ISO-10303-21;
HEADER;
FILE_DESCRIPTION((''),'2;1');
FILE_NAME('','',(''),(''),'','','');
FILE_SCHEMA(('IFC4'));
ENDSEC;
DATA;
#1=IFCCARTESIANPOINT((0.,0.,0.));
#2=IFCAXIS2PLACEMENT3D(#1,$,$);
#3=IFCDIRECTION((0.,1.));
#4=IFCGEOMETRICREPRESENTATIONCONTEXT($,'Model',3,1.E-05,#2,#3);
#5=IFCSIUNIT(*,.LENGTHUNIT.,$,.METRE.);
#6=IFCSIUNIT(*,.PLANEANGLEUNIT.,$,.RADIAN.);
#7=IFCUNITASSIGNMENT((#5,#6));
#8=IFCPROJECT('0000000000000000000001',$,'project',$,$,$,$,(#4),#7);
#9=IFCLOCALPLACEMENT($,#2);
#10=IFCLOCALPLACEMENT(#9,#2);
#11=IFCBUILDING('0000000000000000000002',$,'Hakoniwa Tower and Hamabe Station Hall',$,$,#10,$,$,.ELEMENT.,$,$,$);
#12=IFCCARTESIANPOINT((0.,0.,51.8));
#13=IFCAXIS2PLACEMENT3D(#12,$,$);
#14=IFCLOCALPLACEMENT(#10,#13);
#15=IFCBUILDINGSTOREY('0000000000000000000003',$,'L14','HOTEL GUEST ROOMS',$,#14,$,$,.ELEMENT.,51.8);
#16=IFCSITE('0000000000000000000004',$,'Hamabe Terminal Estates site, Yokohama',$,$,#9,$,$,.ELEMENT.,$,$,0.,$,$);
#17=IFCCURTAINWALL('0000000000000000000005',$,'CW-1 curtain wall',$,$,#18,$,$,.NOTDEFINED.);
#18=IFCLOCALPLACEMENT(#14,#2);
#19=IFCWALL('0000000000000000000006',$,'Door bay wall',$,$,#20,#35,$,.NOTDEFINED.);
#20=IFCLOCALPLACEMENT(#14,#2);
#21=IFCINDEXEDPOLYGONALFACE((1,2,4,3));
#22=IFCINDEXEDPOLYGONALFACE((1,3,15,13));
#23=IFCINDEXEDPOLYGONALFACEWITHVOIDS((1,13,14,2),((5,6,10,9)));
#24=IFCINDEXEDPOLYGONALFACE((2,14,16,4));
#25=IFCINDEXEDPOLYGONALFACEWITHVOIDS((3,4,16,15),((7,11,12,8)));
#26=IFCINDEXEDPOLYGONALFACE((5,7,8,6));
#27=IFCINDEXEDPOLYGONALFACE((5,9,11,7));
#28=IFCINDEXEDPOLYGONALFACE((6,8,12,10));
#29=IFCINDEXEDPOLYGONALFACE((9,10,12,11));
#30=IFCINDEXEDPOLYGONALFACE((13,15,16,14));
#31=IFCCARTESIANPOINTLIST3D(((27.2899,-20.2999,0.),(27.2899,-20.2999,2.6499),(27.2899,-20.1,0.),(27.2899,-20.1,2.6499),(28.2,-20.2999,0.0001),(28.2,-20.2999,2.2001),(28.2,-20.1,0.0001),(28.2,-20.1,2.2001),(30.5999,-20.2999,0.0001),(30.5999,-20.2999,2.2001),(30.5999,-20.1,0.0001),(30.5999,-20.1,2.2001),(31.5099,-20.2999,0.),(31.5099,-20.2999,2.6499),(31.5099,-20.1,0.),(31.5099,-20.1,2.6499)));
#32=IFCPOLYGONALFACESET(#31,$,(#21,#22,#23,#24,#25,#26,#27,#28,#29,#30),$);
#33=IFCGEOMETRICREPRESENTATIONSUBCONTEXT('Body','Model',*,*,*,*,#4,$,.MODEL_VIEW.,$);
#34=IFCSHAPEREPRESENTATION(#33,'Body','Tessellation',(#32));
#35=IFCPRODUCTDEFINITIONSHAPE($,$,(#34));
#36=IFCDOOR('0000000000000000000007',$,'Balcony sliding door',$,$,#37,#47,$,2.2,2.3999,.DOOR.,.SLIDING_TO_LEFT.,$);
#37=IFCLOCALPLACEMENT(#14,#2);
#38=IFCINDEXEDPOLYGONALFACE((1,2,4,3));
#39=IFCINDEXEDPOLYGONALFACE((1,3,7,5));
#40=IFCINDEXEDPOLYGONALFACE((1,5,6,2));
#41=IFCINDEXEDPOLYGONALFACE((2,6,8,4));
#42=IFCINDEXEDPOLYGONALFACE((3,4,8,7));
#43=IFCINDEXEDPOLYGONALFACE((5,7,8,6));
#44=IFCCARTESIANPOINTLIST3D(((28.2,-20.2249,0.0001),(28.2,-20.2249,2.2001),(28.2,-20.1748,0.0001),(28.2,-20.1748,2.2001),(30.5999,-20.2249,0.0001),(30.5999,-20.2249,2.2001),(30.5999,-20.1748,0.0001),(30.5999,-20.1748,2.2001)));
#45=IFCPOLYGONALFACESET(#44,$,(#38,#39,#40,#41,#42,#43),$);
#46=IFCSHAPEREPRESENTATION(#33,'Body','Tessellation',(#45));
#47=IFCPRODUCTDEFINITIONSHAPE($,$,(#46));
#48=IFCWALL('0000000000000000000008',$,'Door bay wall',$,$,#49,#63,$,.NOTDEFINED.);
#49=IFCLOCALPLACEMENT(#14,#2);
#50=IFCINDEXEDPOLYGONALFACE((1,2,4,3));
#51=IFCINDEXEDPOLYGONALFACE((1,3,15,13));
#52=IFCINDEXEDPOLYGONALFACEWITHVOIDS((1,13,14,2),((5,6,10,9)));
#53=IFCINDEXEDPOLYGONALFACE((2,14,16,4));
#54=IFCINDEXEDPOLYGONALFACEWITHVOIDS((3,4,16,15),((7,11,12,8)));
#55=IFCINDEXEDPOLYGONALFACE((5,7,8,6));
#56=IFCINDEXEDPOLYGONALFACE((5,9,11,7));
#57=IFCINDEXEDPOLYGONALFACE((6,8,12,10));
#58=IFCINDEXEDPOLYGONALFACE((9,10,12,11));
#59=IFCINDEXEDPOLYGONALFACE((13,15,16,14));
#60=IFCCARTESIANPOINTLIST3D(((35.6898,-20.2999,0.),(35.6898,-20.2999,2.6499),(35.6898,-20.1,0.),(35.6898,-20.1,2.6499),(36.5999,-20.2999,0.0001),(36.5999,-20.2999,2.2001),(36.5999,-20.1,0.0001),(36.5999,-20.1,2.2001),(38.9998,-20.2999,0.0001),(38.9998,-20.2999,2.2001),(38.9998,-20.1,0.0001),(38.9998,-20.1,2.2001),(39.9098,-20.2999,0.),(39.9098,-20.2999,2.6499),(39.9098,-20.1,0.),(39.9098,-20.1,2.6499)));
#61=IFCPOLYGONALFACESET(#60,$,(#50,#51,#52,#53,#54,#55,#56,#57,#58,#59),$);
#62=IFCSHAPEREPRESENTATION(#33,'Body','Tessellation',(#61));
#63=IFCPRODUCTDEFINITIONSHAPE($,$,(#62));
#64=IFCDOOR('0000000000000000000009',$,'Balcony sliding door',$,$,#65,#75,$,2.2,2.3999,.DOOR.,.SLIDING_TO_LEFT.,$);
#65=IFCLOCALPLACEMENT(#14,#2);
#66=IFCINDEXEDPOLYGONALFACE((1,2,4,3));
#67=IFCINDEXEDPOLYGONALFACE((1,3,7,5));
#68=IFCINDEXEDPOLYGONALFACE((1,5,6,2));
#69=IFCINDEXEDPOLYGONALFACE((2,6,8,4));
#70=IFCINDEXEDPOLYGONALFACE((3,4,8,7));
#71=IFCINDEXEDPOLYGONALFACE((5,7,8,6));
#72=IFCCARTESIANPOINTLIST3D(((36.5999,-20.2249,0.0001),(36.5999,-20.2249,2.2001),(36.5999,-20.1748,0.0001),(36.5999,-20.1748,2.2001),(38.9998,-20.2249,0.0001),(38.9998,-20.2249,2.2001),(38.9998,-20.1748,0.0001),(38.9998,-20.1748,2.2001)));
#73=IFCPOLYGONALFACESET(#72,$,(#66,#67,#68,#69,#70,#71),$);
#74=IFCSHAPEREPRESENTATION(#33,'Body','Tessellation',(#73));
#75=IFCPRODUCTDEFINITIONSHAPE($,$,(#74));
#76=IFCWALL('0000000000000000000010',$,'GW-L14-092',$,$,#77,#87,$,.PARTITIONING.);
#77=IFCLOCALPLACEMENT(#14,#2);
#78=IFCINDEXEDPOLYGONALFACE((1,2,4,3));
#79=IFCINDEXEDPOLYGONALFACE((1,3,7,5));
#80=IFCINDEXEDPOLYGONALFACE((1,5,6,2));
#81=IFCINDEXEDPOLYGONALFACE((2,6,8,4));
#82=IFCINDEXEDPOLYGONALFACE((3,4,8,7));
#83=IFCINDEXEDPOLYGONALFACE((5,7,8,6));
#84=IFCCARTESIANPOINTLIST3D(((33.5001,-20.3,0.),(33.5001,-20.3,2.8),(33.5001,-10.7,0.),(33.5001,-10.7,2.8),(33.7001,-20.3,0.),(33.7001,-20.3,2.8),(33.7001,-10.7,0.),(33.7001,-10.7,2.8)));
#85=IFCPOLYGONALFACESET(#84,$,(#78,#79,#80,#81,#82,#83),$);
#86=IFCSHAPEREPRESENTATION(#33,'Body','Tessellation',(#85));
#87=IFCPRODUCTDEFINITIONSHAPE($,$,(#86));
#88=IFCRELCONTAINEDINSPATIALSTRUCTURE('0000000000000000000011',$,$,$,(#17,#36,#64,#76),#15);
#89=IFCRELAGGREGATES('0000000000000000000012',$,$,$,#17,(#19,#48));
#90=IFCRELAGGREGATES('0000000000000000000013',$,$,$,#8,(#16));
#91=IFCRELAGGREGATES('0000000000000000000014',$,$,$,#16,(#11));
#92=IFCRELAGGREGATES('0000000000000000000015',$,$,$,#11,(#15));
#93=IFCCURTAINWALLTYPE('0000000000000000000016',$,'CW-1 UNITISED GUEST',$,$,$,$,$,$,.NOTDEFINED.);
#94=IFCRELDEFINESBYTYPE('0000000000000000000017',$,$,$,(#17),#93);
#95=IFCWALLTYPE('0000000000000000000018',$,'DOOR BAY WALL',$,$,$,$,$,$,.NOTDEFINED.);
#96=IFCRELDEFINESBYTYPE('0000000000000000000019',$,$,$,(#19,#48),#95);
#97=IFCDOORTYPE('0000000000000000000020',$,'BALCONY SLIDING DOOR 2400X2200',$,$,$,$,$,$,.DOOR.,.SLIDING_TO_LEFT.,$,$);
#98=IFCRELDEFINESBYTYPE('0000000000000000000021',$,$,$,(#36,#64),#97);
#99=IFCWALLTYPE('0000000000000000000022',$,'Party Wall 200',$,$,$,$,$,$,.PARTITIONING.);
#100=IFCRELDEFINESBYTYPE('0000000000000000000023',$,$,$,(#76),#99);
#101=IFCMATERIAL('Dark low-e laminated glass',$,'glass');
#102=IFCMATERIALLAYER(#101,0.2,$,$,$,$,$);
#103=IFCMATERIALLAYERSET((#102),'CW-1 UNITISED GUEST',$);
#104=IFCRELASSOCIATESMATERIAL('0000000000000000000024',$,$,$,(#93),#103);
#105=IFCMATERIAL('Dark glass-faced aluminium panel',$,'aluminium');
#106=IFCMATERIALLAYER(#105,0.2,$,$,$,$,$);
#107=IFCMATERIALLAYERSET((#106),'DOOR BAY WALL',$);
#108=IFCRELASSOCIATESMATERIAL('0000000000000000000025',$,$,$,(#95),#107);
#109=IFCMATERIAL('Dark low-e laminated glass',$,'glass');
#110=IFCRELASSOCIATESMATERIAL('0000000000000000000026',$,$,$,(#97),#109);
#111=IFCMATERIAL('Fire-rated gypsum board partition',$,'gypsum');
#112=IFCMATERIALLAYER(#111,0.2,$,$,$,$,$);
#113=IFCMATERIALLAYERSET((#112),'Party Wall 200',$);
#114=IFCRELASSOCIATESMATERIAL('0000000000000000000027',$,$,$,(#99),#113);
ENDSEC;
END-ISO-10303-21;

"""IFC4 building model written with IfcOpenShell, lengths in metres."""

from ifc_helpers import new_model, si_unit, direction, frame, frame_2d, origin, place, context, subcontext, project, spatial, rectangle, extrude, material, layer, layer_set, type_object, element, fill, aggregate, save


model = new_model("IFC4")

# Units and contexts
model_context = context("Model", 3, precision=1e-05, world=origin(), true_north=direction((0.0, 1.0)))
body_context = subcontext(model_context, "Body", "Model", "MODEL_VIEW")
ifc_project = project(units=[si_unit("LENGTHUNIT", "METRE"), si_unit("PLANEANGLEUNIT", "RADIAN")], contexts=[model_context])

# Site, building, storey
site_placement = place(None, origin())
site = spatial("IfcSite", under=ifc_project, at=site_placement, Name="Hamabe Terminal Estates site, Yokohama", CompositionType="ELEMENT", RefElevation=0.0)
building_placement = place(site_placement, origin())
building = spatial("IfcBuilding", under=site, at=building_placement, Name="Hakoniwa Tower and Hamabe Station Hall", CompositionType="ELEMENT")
storey_placement = place(building_placement, frame((0.0, 0.0, 51.8)))
storey = spatial("IfcBuildingStorey", under=building, at=storey_placement, Name="L14", Description="HOTEL GUEST ROOMS", CompositionType="ELEMENT", Elevation=51.8)

# Curtain wall
ifc_material_1 = material(Name="Dark low-e laminated glass", Category="glass")
ifc_layer_1 = layer(ifc_material_1, 0.2)
ifc_layer_set_1 = layer_set([ifc_layer_1], Name="CW-1 UNITISED GUEST")
curtain_wall_type = type_object("IfcCurtainWallType", Name="CW-1 UNITISED GUEST", PredefinedType="NOTDEFINED", material=ifc_layer_set_1)
curtain_wall_placement = place(storey_placement, origin())
curtain_wall = element("IfcCurtainWall", 1, at=curtain_wall_placement, inside=storey, type_object=curtain_wall_type, Name="CW-1 curtain wall", PredefinedType="NOTDEFINED")

# Walls, openings, doors
ifc_material_2 = material(Name="Dark glass-faced aluminium panel", Category="aluminium")
ifc_layer_2 = layer(ifc_material_2, 0.2)
ifc_layer_set_2 = layer_set([ifc_layer_2], Name="DOOR BAY WALL")
wall_type_1 = type_object("IfcWallType", Name="DOOR BAY WALL", PredefinedType="NOTDEFINED", material=ifc_layer_set_2)
wall_1_placement = place(storey_placement, frame((27.29, -20.2, 0.0), z_axis=(0.0, 0.0, 1.0), x_axis=(1.0, 0.0, 0.0)))
wall_1 = element("IfcWall", 2, at=wall_1_placement, type_object=wall_type_1, Name="Door bay wall", PredefinedType="NOTDEFINED", context=body_context, shape_type="SweptSolid", body=[
    extrude(rectangle(XDim=4.22, YDim=0.2, at=frame_2d((2.1099, 0.0))), origin(), (0.0, 0.0, 1.0), 2.6499),
])
opening_1_placement = place(wall_1_placement, frame((0.9099, 0.0, 0.0)))
opening_1 = element("IfcOpeningElement", 3, at=opening_1_placement, cuts=wall_1, PredefinedType="OPENING", context=body_context, shape_type="SweptSolid", body=[
    extrude(rectangle(XDim=2.3999, YDim=2.2, at=frame_2d((1.2, 1.1001))), frame((0.0, 0.1099, 0.0), z_axis=(0.0, -1.0, 0.0), x_axis=(1.0, 0.0, 0.0)), (0.0, 0.0, 1.0), 0.22),
])
ifc_material_3 = material(Name="Dark low-e laminated glass", Category="glass")
door_type_1 = type_object("IfcDoorType", Name="BALCONY SLIDING DOOR 2400X2200", OperationType="SLIDING_TO_LEFT", PredefinedType="DOOR", material=ifc_material_3)
door_1_placement = place(opening_1_placement, frame((2.3999, 0.0, 0.0), z_axis=(0.0, 0.0, 1.0), x_axis=(-1.0, 0.0, 0.0)))
door_1 = element("IfcDoor", 4, at=door_1_placement, inside=storey, type_object=door_type_1, Name="Balcony sliding door", OperationType="SLIDING_TO_LEFT", OverallHeight=2.2, OverallWidth=2.3999, PredefinedType="DOOR", context=body_context, shape_type="SweptSolid", body=[
    extrude(rectangle(XDim=2.3999, YDim=2.2, at=frame_2d((1.2, 1.1001))), frame((0.0, 0.0249, 0.0), z_axis=(0.0, -1.0, 0.0), x_axis=(1.0, 0.0, 0.0)), (0.0, 0.0, 1.0), 0.05),
])
fill(opening_1, door_1)
wall_2_placement = place(storey_placement, frame((35.6899, -20.2, 0.0), z_axis=(0.0, 0.0, 1.0), x_axis=(1.0, 0.0, 0.0)))
wall_2 = element("IfcWall", 5, at=wall_2_placement, type_object=wall_type_1, Name="Door bay wall", PredefinedType="NOTDEFINED", context=body_context, shape_type="SweptSolid", body=[
    extrude(rectangle(XDim=4.22, YDim=0.2, at=frame_2d((2.1099, 0.0))), origin(), (0.0, 0.0, 1.0), 2.6499),
])
opening_2_placement = place(wall_2_placement, frame((0.9099, 0.0, 0.0)))
opening_2 = element("IfcOpeningElement", 6, at=opening_2_placement, cuts=wall_2, PredefinedType="OPENING", context=body_context, shape_type="SweptSolid", body=[
    extrude(rectangle(XDim=2.3999, YDim=2.2, at=frame_2d((1.2, 1.1001))), frame((0.0, 0.1099, 0.0), z_axis=(0.0, -1.0, 0.0), x_axis=(1.0, 0.0, 0.0)), (0.0, 0.0, 1.0), 0.22),
])
door_2_placement = place(opening_2_placement, frame((2.3999, 0.0, 0.0), z_axis=(0.0, 0.0, 1.0), x_axis=(-1.0, 0.0, 0.0)))
door_2 = element("IfcDoor", 7, at=door_2_placement, inside=storey, type_object=door_type_1, Name="Balcony sliding door", OperationType="SLIDING_TO_LEFT", OverallHeight=2.2, OverallWidth=2.3999, PredefinedType="DOOR", context=body_context, shape_type="SweptSolid", body=[
    extrude(rectangle(XDim=2.3999, YDim=2.2, at=frame_2d((1.2, 1.1001))), frame((0.0, 0.0249, 0.0), z_axis=(0.0, -1.0, 0.0), x_axis=(1.0, 0.0, 0.0)), (0.0, 0.0, 1.0), 0.05),
])
fill(opening_2, door_2)
aggregate(curtain_wall, [wall_1, wall_2])

# Wall
ifc_material_4 = material(Name="Fire-rated gypsum board partition", Category="gypsum")
ifc_layer_3 = layer(ifc_material_4, 0.2)
ifc_layer_set_3 = layer_set([ifc_layer_3], Name="Party Wall 200")
wall_type_2 = type_object("IfcWallType", Name="Party Wall 200", PredefinedType="PARTITIONING", material=ifc_layer_set_3)
wall_3_placement = place(storey_placement, frame((33.6001, -20.3, 0.0), z_axis=(0.0, 0.0, 1.0), x_axis=(0.0, 1.0, 0.0)))
element("IfcWall", 8, at=wall_3_placement, inside=storey, type_object=wall_type_2, Name="GW-L14-092", PredefinedType="PARTITIONING", context=body_context, shape_type="SweptSolid", body=[
    extrude(rectangle(XDim=9.6001, YDim=0.2, at=frame_2d((4.8, 0.0))), origin(), (0.0, 0.0, 1.0), 2.8),
])

save(model, "model.ifc")
